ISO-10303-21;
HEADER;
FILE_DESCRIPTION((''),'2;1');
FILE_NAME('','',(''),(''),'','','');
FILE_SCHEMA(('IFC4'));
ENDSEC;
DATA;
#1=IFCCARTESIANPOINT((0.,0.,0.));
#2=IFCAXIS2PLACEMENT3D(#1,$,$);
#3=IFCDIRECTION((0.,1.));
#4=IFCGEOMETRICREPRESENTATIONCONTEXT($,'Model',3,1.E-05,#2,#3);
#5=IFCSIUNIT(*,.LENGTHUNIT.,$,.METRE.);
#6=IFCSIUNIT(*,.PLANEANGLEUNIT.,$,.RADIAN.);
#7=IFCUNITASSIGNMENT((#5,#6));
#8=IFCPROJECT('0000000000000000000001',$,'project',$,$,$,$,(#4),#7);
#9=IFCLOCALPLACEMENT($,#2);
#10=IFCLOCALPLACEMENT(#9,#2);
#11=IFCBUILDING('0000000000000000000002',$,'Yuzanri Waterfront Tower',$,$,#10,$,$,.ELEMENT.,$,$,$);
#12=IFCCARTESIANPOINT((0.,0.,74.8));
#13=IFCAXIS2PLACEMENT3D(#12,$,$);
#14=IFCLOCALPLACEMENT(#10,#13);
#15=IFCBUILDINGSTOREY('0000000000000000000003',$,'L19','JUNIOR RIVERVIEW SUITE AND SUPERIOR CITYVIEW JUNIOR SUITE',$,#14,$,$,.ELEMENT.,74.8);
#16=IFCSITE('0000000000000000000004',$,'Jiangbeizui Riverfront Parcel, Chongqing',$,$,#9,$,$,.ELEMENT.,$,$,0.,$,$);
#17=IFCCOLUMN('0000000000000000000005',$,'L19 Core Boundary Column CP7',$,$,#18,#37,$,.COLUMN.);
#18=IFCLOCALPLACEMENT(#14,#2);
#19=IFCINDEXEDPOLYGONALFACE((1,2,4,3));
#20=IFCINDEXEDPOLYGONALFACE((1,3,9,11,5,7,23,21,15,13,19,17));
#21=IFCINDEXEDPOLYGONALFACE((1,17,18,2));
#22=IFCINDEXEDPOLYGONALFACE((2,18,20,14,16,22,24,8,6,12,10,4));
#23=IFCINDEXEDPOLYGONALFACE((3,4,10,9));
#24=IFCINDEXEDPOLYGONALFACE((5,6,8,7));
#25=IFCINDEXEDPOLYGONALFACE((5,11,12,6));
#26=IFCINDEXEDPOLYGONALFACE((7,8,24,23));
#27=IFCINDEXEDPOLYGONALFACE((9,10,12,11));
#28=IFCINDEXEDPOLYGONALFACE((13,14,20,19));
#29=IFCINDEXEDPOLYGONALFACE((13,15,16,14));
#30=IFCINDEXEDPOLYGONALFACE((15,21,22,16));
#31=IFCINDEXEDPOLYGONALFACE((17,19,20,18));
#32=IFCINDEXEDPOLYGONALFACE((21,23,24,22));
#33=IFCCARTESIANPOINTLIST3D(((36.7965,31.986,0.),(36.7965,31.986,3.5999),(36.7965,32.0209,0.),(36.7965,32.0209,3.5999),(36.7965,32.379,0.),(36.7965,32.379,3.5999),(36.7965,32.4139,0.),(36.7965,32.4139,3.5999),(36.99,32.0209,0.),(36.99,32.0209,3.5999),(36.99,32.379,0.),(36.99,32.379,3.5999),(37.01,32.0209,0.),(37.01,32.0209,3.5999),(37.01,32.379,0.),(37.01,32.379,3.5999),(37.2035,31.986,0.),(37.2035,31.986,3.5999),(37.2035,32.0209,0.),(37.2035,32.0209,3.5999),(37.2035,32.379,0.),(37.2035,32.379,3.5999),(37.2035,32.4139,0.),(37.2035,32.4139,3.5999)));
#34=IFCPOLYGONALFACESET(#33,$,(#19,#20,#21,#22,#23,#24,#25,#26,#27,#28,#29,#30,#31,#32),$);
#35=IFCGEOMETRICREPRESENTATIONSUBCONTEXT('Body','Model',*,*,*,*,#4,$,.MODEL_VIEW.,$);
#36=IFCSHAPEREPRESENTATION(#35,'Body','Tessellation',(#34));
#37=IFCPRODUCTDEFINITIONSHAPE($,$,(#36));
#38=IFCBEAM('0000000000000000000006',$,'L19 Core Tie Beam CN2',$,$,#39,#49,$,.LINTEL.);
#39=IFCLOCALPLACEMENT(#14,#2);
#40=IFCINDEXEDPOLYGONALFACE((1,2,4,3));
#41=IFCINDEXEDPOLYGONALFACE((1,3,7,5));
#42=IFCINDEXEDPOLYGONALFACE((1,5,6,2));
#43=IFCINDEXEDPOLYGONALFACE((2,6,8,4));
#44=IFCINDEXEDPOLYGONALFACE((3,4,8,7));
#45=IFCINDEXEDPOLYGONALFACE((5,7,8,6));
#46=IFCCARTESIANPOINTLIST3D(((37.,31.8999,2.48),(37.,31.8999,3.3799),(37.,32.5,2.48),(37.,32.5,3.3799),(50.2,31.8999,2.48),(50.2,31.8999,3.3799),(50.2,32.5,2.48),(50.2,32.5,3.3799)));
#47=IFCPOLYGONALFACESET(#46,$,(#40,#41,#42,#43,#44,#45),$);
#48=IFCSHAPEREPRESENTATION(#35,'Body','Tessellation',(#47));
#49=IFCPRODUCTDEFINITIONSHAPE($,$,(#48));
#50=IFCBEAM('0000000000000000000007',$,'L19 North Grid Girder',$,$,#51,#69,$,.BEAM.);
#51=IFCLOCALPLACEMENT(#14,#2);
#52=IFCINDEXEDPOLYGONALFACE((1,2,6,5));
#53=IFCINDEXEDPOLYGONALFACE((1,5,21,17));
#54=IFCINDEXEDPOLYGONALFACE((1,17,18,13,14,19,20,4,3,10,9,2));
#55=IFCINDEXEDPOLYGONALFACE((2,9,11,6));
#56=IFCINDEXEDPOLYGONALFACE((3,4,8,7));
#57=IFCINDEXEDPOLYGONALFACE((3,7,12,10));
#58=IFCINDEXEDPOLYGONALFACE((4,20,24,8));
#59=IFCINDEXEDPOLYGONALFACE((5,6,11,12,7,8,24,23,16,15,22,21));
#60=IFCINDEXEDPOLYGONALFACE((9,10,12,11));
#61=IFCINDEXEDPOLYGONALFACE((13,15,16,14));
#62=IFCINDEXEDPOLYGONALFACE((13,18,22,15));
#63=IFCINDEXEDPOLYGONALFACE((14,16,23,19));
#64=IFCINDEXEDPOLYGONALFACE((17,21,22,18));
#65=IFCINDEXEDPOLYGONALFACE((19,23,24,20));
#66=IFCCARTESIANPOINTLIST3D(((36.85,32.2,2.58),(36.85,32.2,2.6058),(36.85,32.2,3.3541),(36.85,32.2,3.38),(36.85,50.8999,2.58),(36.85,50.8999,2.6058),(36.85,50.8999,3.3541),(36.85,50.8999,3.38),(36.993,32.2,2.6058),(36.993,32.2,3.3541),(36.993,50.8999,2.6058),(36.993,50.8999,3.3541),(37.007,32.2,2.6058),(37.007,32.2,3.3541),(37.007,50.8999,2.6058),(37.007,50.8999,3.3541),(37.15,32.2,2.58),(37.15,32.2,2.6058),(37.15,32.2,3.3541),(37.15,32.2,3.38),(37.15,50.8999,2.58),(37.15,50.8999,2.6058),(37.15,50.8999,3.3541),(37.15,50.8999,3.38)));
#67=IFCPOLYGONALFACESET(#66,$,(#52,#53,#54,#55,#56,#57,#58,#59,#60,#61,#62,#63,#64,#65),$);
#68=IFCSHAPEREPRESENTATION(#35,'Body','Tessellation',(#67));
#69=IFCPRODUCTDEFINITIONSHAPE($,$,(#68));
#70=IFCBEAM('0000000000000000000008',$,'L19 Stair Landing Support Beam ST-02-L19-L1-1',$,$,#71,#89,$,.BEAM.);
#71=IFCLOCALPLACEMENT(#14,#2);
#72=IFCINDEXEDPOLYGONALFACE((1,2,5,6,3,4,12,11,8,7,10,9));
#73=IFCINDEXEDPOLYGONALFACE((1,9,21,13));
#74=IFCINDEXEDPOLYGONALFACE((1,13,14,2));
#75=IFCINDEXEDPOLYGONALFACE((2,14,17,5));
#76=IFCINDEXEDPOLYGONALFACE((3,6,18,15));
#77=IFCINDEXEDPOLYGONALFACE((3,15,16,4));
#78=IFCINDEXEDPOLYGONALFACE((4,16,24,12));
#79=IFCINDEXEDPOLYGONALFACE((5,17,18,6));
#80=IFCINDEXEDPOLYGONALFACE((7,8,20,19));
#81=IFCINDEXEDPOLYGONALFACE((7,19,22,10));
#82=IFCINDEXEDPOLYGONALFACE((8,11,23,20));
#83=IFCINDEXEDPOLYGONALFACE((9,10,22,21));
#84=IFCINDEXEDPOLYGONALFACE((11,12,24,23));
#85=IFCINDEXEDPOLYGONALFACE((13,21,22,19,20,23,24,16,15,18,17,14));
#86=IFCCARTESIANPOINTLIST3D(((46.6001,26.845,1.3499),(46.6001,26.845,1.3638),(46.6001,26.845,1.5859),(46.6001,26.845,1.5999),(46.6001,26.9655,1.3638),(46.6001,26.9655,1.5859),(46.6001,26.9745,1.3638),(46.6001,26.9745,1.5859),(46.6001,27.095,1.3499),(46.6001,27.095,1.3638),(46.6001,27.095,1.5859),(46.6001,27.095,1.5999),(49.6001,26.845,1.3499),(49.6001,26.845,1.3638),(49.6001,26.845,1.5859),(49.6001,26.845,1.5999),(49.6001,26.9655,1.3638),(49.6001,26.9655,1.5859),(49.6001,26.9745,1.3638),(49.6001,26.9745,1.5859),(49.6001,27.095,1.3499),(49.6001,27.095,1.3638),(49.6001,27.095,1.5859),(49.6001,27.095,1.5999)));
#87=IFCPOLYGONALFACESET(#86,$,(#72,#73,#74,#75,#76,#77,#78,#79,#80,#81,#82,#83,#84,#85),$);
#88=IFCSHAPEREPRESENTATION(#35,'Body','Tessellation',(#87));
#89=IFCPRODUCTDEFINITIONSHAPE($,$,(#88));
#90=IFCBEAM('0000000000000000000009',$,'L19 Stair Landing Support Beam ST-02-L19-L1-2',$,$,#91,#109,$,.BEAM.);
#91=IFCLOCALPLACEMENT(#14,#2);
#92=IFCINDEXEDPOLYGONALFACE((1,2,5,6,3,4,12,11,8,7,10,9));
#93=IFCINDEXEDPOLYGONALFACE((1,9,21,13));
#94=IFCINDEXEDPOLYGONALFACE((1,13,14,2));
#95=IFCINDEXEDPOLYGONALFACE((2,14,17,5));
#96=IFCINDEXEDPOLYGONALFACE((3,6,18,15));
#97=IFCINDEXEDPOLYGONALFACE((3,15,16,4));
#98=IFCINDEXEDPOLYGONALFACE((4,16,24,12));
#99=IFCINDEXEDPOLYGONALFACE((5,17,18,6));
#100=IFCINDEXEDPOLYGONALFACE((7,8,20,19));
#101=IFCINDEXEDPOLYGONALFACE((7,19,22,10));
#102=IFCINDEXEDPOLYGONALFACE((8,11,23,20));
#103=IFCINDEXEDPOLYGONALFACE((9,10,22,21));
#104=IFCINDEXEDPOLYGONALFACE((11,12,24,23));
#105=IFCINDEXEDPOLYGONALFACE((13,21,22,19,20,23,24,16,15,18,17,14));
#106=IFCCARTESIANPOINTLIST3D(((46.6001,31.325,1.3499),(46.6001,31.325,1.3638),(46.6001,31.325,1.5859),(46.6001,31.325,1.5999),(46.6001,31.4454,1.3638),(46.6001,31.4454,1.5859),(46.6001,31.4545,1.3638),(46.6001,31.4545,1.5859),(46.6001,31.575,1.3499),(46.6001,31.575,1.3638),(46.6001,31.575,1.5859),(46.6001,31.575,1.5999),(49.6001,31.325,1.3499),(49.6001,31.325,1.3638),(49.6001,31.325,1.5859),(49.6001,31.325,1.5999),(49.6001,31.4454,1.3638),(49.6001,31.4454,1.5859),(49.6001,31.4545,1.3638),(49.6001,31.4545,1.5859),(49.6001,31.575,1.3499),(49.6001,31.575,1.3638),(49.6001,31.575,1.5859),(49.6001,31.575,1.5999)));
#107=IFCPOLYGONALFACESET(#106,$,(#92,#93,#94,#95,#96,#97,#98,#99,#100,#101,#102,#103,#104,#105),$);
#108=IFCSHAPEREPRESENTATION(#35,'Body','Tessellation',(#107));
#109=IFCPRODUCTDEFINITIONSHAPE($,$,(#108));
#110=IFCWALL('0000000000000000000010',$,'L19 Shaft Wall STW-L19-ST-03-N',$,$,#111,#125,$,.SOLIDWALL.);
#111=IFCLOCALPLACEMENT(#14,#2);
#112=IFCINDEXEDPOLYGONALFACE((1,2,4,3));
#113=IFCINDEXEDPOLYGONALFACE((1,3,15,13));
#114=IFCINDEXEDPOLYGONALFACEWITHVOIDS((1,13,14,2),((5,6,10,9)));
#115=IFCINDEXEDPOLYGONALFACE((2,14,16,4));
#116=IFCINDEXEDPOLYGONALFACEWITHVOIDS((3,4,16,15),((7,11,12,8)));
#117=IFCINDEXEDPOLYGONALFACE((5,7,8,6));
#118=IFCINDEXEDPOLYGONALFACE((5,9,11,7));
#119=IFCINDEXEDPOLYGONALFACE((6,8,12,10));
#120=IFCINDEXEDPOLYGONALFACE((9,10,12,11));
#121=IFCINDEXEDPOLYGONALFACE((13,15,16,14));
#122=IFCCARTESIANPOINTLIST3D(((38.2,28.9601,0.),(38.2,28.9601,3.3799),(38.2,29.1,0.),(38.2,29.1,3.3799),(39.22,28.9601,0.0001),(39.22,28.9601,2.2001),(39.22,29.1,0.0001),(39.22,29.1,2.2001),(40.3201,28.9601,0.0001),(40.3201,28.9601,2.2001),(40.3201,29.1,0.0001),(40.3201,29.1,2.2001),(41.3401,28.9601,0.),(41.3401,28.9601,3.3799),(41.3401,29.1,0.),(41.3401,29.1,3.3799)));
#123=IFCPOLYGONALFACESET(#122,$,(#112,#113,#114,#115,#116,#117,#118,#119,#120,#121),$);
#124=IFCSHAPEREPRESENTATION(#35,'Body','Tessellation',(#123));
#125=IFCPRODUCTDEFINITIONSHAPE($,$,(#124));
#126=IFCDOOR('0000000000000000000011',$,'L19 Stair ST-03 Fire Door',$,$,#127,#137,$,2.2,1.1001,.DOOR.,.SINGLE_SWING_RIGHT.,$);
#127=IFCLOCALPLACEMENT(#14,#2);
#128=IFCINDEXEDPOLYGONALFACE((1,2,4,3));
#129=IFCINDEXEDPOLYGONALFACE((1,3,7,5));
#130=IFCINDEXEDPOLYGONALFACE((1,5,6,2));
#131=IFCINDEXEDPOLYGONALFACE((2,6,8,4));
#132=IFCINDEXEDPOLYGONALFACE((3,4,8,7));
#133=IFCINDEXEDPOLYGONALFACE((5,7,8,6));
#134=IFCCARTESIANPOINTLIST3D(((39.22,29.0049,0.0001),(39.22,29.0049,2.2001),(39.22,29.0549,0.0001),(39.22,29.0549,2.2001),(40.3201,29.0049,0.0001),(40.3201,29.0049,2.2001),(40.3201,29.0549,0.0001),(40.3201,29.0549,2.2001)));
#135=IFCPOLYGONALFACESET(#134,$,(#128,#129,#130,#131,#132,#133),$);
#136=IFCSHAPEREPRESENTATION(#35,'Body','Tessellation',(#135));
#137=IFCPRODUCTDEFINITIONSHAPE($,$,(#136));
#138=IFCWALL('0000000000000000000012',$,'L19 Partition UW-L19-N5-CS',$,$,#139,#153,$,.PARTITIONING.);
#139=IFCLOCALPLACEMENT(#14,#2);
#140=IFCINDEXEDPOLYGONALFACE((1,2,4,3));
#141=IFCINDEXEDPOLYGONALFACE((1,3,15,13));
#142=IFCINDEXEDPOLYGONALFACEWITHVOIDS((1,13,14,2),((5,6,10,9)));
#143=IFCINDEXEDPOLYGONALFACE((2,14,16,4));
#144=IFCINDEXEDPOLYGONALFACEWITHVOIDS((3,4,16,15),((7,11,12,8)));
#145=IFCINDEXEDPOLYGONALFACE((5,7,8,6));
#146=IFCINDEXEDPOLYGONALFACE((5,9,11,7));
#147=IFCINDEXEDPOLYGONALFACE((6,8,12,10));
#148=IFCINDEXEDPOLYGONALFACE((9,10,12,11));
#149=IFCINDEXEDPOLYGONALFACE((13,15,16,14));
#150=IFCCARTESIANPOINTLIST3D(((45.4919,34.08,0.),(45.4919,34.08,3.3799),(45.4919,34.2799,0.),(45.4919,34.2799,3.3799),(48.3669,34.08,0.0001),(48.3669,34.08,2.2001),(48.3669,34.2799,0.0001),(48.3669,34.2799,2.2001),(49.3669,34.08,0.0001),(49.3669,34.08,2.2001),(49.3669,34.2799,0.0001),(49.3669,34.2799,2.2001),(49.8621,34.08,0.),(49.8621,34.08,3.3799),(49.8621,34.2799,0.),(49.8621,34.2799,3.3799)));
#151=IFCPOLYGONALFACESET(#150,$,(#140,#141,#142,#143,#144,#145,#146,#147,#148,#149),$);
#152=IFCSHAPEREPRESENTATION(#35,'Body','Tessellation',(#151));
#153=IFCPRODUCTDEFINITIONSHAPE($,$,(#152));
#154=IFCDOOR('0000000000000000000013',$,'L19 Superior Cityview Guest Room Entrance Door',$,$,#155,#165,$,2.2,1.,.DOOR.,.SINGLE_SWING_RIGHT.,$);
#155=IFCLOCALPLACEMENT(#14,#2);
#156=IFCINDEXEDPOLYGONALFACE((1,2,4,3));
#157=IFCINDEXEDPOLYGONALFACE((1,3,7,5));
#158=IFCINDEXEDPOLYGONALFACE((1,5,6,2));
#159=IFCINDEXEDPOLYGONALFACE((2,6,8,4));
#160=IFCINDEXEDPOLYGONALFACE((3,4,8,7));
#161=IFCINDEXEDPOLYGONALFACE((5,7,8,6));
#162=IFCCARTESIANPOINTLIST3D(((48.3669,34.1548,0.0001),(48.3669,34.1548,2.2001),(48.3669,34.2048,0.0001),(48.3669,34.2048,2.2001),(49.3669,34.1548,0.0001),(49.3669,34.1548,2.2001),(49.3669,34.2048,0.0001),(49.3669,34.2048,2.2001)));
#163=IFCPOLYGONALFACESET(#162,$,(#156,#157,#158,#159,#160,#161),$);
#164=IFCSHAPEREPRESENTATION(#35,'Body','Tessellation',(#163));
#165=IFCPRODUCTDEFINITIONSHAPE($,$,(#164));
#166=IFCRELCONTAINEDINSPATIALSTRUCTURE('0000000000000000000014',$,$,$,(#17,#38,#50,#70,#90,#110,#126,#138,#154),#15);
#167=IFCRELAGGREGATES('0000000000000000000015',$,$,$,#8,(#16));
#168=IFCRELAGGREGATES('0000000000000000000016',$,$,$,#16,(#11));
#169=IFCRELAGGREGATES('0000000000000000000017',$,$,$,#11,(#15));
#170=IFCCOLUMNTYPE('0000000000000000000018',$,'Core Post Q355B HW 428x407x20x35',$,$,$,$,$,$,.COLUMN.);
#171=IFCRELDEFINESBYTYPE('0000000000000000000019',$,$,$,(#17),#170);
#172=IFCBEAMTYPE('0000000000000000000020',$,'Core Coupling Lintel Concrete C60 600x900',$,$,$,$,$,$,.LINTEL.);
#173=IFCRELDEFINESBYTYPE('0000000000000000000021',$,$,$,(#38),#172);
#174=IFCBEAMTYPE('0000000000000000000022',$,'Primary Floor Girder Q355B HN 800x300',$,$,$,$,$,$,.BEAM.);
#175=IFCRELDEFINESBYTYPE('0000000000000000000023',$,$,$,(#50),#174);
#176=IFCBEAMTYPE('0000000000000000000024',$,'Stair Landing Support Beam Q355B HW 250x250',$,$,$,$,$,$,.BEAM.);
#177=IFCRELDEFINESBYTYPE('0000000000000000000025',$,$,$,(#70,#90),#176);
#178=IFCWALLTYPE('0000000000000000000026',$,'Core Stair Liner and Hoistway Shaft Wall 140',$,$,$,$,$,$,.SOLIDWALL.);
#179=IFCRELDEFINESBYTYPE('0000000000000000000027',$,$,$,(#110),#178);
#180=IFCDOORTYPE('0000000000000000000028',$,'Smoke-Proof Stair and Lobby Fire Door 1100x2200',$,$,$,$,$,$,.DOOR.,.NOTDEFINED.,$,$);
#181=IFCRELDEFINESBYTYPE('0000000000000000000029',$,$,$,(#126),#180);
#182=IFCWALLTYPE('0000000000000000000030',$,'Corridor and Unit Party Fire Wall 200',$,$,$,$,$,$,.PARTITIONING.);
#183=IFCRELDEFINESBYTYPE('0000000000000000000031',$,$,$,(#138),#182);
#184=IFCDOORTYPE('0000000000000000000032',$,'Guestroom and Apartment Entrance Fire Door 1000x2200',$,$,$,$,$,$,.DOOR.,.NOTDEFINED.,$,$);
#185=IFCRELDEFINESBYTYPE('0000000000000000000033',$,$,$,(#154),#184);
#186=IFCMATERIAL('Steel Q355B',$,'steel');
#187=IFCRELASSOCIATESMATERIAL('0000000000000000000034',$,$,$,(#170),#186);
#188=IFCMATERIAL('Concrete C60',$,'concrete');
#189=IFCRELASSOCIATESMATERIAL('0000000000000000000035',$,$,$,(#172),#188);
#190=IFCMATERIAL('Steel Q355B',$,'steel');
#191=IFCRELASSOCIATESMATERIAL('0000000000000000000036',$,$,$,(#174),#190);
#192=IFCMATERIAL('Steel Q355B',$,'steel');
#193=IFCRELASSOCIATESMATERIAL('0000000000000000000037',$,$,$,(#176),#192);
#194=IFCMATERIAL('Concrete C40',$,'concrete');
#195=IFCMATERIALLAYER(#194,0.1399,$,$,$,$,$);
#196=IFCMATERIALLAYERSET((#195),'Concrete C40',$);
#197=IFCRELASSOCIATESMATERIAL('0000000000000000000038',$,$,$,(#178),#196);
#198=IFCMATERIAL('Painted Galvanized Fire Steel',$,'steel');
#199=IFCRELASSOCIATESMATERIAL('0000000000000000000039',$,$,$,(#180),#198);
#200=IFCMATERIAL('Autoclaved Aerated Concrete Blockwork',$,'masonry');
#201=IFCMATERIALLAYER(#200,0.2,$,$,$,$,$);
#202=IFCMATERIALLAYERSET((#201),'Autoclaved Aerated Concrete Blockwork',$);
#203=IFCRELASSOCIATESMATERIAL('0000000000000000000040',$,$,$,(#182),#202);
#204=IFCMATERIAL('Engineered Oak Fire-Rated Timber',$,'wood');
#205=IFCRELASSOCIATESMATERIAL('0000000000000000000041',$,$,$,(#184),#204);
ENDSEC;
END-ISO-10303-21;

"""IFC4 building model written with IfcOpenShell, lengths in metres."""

from ifc_helpers import new_model, si_unit, direction, frame, frame_2d, origin, origin_2d, place, context, subcontext, project, spatial, rectangle, i_section, extrude, source, transform, mapped, material, layer, layer_set, material_profile, profile_set, type_object, element, fill, save


model = new_model("IFC4")

# Units and contexts
model_context = context("Model", 3, precision=1e-05, world=origin(), true_north=direction((0.0, 1.0)))
body_context = subcontext(model_context, "Body", "Model", "MODEL_VIEW")
ifc_project = project(units=[si_unit("LENGTHUNIT", "METRE"), si_unit("PLANEANGLEUNIT", "RADIAN")], contexts=[model_context])

# Site, building, storey
site_placement = place(None, origin())
site = spatial("IfcSite", under=ifc_project, at=site_placement, Name="Jiangbeizui Riverfront Parcel, Chongqing", CompositionType="ELEMENT", RefElevation=0.0)
building_placement = place(site_placement, origin())
building = spatial("IfcBuilding", under=site, at=building_placement, Name="Yuzanri Waterfront Tower", CompositionType="ELEMENT")
storey_placement = place(building_placement, frame((0.0, 0.0, 74.8)))
storey = spatial("IfcBuildingStorey", under=building, at=storey_placement, Name="L19", Description="JUNIOR RIVERVIEW SUITE AND SUPERIOR CITYVIEW JUNIOR SUITE", CompositionType="ELEMENT", Elevation=74.8)

# Column
ifc_material_1 = material(Name="Steel Q355B", Category="steel")
ifc_material_profile_1 = material_profile(ifc_material_1, i_section(OverallWidth=0.407, OverallDepth=0.428, WebThickness=0.02, FlangeThickness=0.0349, at=origin_2d()), Name="HW 428x407x20x35")
ifc_profile_set_1 = profile_set([ifc_material_profile_1], Name="Steel Q355B")
column_type = type_object("IfcColumnType", Name="Core Post Q355B HW 428x407x20x35", PredefinedType="COLUMN", material=ifc_profile_set_1)
shared_shape_1 = source(origin(), body_context, "Body", "SweptSolid", [
    extrude(i_section(OverallWidth=0.407, OverallDepth=0.428, WebThickness=0.02, FlangeThickness=0.0349, at=origin_2d()), origin(), (0.0, 0.0, 1.0), 3.5999),
])
column_placement = place(storey_placement, frame((37.0, 32.2, 0.0), z_axis=(0.0, 0.0, 1.0), x_axis=(1.0, 0.0, 0.0)))
element("IfcColumn", 1, at=column_placement, inside=storey, type_object=column_type, Name="L19 Core Boundary Column CP7", PredefinedType="COLUMN", context=body_context, shape_type="MappedRepresentation", body=[
    mapped(shared_shape_1, transform((0.0, 0.0, 0.0), scale=1.0)),
])

# Beams
ifc_material_2 = material(Name="Concrete C60", Category="concrete")
ifc_material_profile_2 = material_profile(ifc_material_2, rectangle(XDim=0.6001, YDim=0.8999, at=origin_2d()), Name="RC 600x900")
ifc_profile_set_2 = profile_set([ifc_material_profile_2], Name="Concrete C60")
beam_type_1 = type_object("IfcBeamType", Name="Core Coupling Lintel Concrete C60 600x900", PredefinedType="LINTEL", material=ifc_profile_set_2)
shared_shape_2 = source(origin(), body_context, "Body", "SweptSolid", [
    extrude(rectangle(XDim=0.6001, YDim=0.8999, at=origin_2d()), origin(), (0.0, 0.0, 1.0), 13.2),
])
beam_1_placement = place(storey_placement, frame((37.0, 32.2, 2.9299), z_axis=(1.0, 0.0, 0.0), x_axis=(0.0, 1.0, 0.0)))
element("IfcBeam", 2, at=beam_1_placement, inside=storey, type_object=beam_type_1, Name="L19 Core Tie Beam CN2", PredefinedType="LINTEL", context=body_context, shape_type="MappedRepresentation", body=[
    mapped(shared_shape_2, transform((0.0, 0.0, 0.0), scale=1.0)),
])
ifc_material_3 = material(Name="Steel Q355B", Category="steel")
ifc_material_profile_3 = material_profile(ifc_material_3, i_section(OverallWidth=0.3, OverallDepth=0.8, WebThickness=0.0139, FlangeThickness=0.0259, at=origin_2d()), Name="HN 800x300x14x26")
ifc_profile_set_3 = profile_set([ifc_material_profile_3], Name="Steel Q355B")
beam_type_2 = type_object("IfcBeamType", Name="Primary Floor Girder Q355B HN 800x300", PredefinedType="BEAM", material=ifc_profile_set_3)
shared_shape_3 = source(origin(), body_context, "Body", "SweptSolid", [
    extrude(i_section(OverallWidth=0.3, OverallDepth=0.8, WebThickness=0.0139, FlangeThickness=0.0259, at=origin_2d()), origin(), (0.0, 0.0, 1.0), 18.7),
])
beam_2_placement = place(storey_placement, frame((37.0, 32.2, 2.98), z_axis=(0.0, 1.0, 0.0), x_axis=(-1.0, 0.0, 0.0)))
element("IfcBeam", 3, at=beam_2_placement, inside=storey, type_object=beam_type_2, Name="L19 North Grid Girder", PredefinedType="BEAM", context=body_context, shape_type="MappedRepresentation", body=[
    mapped(shared_shape_3, transform((0.0, 0.0, 0.0), scale=1.0)),
])
ifc_material_4 = material(Name="Steel Q355B", Category="steel")
ifc_material_profile_4 = material_profile(ifc_material_4, i_section(OverallWidth=0.25, OverallDepth=0.25, WebThickness=0.009, FlangeThickness=0.0139, at=origin_2d()), Name="HW 250x250x9x14")
ifc_profile_set_4 = profile_set([ifc_material_profile_4], Name="Steel Q355B")
beam_type_3 = type_object("IfcBeamType", Name="Stair Landing Support Beam Q355B HW 250x250", PredefinedType="BEAM", material=ifc_profile_set_4)
shared_shape_4 = source(origin(), body_context, "Body", "SweptSolid", [
    extrude(i_section(OverallWidth=0.25, OverallDepth=0.25, WebThickness=0.009, FlangeThickness=0.0139, at=origin_2d()), origin(), (0.0, 0.0, 1.0), 3.0),
])
for number, where, z_axis, x_axis, name in (
    (4, (46.6001, 26.97, 1.4749), (1.0, 0.0, 0.0), (0.0, 1.0, 0.0), "L19 Stair Landing Support Beam ST-02-L19-L1-1"),
    (5, (46.6001, 31.45, 1.4749), (1.0, 0.0, 0.0), (0.0, 1.0, 0.0), "L19 Stair Landing Support Beam ST-02-L19-L1-2"),
):
    element("IfcBeam", number, at=place(storey_placement, frame(where, z_axis=z_axis, x_axis=x_axis)), inside=storey, type_object=beam_type_3, Name=name, PredefinedType="BEAM", context=body_context, shape_type="MappedRepresentation", body=[
        mapped(shared_shape_4, transform((0.0, 0.0, 0.0), scale=1.0)),
    ])

# Walls, openings, doors
ifc_material_5 = material(Name="Concrete C40", Category="concrete")
ifc_layer_1 = layer(ifc_material_5, 0.1399)
ifc_layer_set_1 = layer_set([ifc_layer_1], Name="Concrete C40")
wall_type_1 = type_object("IfcWallType", Name="Core Stair Liner and Hoistway Shaft Wall 140", PredefinedType="SOLIDWALL", material=ifc_layer_set_1)
wall_1_placement = place(storey_placement, frame((38.2, 29.03, 0.0), z_axis=(0.0, 0.0, 1.0), x_axis=(1.0, 0.0, 0.0)))
wall_1 = element("IfcWall", 6, at=wall_1_placement, inside=storey, type_object=wall_type_1, Name="L19 Shaft Wall STW-L19-ST-03-N", PredefinedType="SOLIDWALL", context=body_context, shape_type="SweptSolid", body=[
    extrude(rectangle(XDim=3.1401, YDim=0.1399, at=frame_2d((1.5701, 0.0))), origin(), (0.0, 0.0, 1.0), 3.3799),
])
opening_1_placement = place(wall_1_placement, frame((1.02, 0.0, 0.0)))
opening_1 = element("IfcOpeningElement", 7, at=opening_1_placement, cuts=wall_1, PredefinedType="OPENING", context=body_context, shape_type="SweptSolid", body=[
    extrude(rectangle(XDim=1.1001, YDim=2.2, at=frame_2d((0.55, 1.1001))), frame((0.0, 0.085, 0.0), z_axis=(0.0, -1.0, 0.0), x_axis=(1.0, 0.0, 0.0)), (0.0, 0.0, 1.0), 0.1697),
])
ifc_material_6 = material(Name="Painted Galvanized Fire Steel", Category="steel")
door_type_1 = type_object("IfcDoorType", Name="Smoke-Proof Stair and Lobby Fire Door 1100x2200", OperationType="NOTDEFINED", PredefinedType="DOOR", material=ifc_material_6)
shared_shape_5 = source(origin(), body_context, "Body", "SweptSolid", [
    extrude(rectangle(XDim=1.1001, YDim=2.2, at=frame_2d((0.55, 1.1001))), frame((0.0, 0.0249, 0.0), z_axis=(0.0, -1.0, 0.0), x_axis=(1.0, 0.0, 0.0)), (0.0, 0.0, 1.0), 0.05),
])
door_1_placement = place(opening_1_placement, origin())
door_1 = element("IfcDoor", 8, at=door_1_placement, inside=storey, type_object=door_type_1, Name="L19 Stair ST-03 Fire Door", OperationType="SINGLE_SWING_RIGHT", OverallHeight=2.2, OverallWidth=1.1001, PredefinedType="DOOR", context=body_context, shape_type="MappedRepresentation", body=[
    mapped(shared_shape_5, transform((0.0, 0.0, 0.0), scale=1.0)),
])
fill(opening_1, door_1)
ifc_material_7 = material(Name="Autoclaved Aerated Concrete Blockwork", Category="masonry")
ifc_layer_2 = layer(ifc_material_7, 0.2)
ifc_layer_set_2 = layer_set([ifc_layer_2], Name="Autoclaved Aerated Concrete Blockwork")
wall_type_2 = type_object("IfcWallType", Name="Corridor and Unit Party Fire Wall 200", PredefinedType="PARTITIONING", material=ifc_layer_set_2)
wall_2_placement = place(storey_placement, frame((45.4919, 34.1799, 0.0), z_axis=(0.0, 0.0, 1.0), x_axis=(1.0, 0.0, 0.0)))
wall_2 = element("IfcWall", 9, at=wall_2_placement, inside=storey, type_object=wall_type_2, Name="L19 Partition UW-L19-N5-CS", PredefinedType="PARTITIONING", context=body_context, shape_type="SweptSolid", body=[
    extrude(rectangle(XDim=4.3701, YDim=0.2, at=frame_2d((2.1851, 0.0))), origin(), (0.0, 0.0, 1.0), 3.3799),
])
opening_2_placement = place(wall_2_placement, frame((2.875, 0.0, 0.0)))
opening_2 = element("IfcOpeningElement", 10, at=opening_2_placement, cuts=wall_2, PredefinedType="OPENING", context=body_context, shape_type="SweptSolid", body=[
    extrude(rectangle(XDim=1.0, YDim=2.2, at=frame_2d((0.5, 1.1001))), frame((0.0, 0.1147, 0.0), z_axis=(0.0, -1.0, 0.0), x_axis=(1.0, 0.0, 0.0)), (0.0, 0.0, 1.0), 0.2297),
])
ifc_material_8 = material(Name="Engineered Oak Fire-Rated Timber", Category="wood")
door_type_2 = type_object("IfcDoorType", Name="Guestroom and Apartment Entrance Fire Door 1000x2200", OperationType="NOTDEFINED", PredefinedType="DOOR", material=ifc_material_8)
shared_shape_6 = source(origin(), body_context, "Body", "SweptSolid", [
    extrude(rectangle(XDim=1.0, YDim=2.2, at=frame_2d((0.5, 1.1001))), frame((0.0, 0.0249, 0.0), z_axis=(0.0, -1.0, 0.0), x_axis=(1.0, 0.0, 0.0)), (0.0, 0.0, 1.0), 0.05),
])
door_2_placement = place(opening_2_placement, origin())
door_2 = element("IfcDoor", 11, at=door_2_placement, inside=storey, type_object=door_type_2, Name="L19 Superior Cityview Guest Room Entrance Door", OperationType="SINGLE_SWING_RIGHT", OverallHeight=2.2, OverallWidth=1.0, PredefinedType="DOOR", context=body_context, shape_type="MappedRepresentation", body=[
    mapped(shared_shape_6, transform((0.0, 0.0, 0.0), scale=1.0)),
])
fill(opening_2, door_2)

save(model, "model.ifc")
